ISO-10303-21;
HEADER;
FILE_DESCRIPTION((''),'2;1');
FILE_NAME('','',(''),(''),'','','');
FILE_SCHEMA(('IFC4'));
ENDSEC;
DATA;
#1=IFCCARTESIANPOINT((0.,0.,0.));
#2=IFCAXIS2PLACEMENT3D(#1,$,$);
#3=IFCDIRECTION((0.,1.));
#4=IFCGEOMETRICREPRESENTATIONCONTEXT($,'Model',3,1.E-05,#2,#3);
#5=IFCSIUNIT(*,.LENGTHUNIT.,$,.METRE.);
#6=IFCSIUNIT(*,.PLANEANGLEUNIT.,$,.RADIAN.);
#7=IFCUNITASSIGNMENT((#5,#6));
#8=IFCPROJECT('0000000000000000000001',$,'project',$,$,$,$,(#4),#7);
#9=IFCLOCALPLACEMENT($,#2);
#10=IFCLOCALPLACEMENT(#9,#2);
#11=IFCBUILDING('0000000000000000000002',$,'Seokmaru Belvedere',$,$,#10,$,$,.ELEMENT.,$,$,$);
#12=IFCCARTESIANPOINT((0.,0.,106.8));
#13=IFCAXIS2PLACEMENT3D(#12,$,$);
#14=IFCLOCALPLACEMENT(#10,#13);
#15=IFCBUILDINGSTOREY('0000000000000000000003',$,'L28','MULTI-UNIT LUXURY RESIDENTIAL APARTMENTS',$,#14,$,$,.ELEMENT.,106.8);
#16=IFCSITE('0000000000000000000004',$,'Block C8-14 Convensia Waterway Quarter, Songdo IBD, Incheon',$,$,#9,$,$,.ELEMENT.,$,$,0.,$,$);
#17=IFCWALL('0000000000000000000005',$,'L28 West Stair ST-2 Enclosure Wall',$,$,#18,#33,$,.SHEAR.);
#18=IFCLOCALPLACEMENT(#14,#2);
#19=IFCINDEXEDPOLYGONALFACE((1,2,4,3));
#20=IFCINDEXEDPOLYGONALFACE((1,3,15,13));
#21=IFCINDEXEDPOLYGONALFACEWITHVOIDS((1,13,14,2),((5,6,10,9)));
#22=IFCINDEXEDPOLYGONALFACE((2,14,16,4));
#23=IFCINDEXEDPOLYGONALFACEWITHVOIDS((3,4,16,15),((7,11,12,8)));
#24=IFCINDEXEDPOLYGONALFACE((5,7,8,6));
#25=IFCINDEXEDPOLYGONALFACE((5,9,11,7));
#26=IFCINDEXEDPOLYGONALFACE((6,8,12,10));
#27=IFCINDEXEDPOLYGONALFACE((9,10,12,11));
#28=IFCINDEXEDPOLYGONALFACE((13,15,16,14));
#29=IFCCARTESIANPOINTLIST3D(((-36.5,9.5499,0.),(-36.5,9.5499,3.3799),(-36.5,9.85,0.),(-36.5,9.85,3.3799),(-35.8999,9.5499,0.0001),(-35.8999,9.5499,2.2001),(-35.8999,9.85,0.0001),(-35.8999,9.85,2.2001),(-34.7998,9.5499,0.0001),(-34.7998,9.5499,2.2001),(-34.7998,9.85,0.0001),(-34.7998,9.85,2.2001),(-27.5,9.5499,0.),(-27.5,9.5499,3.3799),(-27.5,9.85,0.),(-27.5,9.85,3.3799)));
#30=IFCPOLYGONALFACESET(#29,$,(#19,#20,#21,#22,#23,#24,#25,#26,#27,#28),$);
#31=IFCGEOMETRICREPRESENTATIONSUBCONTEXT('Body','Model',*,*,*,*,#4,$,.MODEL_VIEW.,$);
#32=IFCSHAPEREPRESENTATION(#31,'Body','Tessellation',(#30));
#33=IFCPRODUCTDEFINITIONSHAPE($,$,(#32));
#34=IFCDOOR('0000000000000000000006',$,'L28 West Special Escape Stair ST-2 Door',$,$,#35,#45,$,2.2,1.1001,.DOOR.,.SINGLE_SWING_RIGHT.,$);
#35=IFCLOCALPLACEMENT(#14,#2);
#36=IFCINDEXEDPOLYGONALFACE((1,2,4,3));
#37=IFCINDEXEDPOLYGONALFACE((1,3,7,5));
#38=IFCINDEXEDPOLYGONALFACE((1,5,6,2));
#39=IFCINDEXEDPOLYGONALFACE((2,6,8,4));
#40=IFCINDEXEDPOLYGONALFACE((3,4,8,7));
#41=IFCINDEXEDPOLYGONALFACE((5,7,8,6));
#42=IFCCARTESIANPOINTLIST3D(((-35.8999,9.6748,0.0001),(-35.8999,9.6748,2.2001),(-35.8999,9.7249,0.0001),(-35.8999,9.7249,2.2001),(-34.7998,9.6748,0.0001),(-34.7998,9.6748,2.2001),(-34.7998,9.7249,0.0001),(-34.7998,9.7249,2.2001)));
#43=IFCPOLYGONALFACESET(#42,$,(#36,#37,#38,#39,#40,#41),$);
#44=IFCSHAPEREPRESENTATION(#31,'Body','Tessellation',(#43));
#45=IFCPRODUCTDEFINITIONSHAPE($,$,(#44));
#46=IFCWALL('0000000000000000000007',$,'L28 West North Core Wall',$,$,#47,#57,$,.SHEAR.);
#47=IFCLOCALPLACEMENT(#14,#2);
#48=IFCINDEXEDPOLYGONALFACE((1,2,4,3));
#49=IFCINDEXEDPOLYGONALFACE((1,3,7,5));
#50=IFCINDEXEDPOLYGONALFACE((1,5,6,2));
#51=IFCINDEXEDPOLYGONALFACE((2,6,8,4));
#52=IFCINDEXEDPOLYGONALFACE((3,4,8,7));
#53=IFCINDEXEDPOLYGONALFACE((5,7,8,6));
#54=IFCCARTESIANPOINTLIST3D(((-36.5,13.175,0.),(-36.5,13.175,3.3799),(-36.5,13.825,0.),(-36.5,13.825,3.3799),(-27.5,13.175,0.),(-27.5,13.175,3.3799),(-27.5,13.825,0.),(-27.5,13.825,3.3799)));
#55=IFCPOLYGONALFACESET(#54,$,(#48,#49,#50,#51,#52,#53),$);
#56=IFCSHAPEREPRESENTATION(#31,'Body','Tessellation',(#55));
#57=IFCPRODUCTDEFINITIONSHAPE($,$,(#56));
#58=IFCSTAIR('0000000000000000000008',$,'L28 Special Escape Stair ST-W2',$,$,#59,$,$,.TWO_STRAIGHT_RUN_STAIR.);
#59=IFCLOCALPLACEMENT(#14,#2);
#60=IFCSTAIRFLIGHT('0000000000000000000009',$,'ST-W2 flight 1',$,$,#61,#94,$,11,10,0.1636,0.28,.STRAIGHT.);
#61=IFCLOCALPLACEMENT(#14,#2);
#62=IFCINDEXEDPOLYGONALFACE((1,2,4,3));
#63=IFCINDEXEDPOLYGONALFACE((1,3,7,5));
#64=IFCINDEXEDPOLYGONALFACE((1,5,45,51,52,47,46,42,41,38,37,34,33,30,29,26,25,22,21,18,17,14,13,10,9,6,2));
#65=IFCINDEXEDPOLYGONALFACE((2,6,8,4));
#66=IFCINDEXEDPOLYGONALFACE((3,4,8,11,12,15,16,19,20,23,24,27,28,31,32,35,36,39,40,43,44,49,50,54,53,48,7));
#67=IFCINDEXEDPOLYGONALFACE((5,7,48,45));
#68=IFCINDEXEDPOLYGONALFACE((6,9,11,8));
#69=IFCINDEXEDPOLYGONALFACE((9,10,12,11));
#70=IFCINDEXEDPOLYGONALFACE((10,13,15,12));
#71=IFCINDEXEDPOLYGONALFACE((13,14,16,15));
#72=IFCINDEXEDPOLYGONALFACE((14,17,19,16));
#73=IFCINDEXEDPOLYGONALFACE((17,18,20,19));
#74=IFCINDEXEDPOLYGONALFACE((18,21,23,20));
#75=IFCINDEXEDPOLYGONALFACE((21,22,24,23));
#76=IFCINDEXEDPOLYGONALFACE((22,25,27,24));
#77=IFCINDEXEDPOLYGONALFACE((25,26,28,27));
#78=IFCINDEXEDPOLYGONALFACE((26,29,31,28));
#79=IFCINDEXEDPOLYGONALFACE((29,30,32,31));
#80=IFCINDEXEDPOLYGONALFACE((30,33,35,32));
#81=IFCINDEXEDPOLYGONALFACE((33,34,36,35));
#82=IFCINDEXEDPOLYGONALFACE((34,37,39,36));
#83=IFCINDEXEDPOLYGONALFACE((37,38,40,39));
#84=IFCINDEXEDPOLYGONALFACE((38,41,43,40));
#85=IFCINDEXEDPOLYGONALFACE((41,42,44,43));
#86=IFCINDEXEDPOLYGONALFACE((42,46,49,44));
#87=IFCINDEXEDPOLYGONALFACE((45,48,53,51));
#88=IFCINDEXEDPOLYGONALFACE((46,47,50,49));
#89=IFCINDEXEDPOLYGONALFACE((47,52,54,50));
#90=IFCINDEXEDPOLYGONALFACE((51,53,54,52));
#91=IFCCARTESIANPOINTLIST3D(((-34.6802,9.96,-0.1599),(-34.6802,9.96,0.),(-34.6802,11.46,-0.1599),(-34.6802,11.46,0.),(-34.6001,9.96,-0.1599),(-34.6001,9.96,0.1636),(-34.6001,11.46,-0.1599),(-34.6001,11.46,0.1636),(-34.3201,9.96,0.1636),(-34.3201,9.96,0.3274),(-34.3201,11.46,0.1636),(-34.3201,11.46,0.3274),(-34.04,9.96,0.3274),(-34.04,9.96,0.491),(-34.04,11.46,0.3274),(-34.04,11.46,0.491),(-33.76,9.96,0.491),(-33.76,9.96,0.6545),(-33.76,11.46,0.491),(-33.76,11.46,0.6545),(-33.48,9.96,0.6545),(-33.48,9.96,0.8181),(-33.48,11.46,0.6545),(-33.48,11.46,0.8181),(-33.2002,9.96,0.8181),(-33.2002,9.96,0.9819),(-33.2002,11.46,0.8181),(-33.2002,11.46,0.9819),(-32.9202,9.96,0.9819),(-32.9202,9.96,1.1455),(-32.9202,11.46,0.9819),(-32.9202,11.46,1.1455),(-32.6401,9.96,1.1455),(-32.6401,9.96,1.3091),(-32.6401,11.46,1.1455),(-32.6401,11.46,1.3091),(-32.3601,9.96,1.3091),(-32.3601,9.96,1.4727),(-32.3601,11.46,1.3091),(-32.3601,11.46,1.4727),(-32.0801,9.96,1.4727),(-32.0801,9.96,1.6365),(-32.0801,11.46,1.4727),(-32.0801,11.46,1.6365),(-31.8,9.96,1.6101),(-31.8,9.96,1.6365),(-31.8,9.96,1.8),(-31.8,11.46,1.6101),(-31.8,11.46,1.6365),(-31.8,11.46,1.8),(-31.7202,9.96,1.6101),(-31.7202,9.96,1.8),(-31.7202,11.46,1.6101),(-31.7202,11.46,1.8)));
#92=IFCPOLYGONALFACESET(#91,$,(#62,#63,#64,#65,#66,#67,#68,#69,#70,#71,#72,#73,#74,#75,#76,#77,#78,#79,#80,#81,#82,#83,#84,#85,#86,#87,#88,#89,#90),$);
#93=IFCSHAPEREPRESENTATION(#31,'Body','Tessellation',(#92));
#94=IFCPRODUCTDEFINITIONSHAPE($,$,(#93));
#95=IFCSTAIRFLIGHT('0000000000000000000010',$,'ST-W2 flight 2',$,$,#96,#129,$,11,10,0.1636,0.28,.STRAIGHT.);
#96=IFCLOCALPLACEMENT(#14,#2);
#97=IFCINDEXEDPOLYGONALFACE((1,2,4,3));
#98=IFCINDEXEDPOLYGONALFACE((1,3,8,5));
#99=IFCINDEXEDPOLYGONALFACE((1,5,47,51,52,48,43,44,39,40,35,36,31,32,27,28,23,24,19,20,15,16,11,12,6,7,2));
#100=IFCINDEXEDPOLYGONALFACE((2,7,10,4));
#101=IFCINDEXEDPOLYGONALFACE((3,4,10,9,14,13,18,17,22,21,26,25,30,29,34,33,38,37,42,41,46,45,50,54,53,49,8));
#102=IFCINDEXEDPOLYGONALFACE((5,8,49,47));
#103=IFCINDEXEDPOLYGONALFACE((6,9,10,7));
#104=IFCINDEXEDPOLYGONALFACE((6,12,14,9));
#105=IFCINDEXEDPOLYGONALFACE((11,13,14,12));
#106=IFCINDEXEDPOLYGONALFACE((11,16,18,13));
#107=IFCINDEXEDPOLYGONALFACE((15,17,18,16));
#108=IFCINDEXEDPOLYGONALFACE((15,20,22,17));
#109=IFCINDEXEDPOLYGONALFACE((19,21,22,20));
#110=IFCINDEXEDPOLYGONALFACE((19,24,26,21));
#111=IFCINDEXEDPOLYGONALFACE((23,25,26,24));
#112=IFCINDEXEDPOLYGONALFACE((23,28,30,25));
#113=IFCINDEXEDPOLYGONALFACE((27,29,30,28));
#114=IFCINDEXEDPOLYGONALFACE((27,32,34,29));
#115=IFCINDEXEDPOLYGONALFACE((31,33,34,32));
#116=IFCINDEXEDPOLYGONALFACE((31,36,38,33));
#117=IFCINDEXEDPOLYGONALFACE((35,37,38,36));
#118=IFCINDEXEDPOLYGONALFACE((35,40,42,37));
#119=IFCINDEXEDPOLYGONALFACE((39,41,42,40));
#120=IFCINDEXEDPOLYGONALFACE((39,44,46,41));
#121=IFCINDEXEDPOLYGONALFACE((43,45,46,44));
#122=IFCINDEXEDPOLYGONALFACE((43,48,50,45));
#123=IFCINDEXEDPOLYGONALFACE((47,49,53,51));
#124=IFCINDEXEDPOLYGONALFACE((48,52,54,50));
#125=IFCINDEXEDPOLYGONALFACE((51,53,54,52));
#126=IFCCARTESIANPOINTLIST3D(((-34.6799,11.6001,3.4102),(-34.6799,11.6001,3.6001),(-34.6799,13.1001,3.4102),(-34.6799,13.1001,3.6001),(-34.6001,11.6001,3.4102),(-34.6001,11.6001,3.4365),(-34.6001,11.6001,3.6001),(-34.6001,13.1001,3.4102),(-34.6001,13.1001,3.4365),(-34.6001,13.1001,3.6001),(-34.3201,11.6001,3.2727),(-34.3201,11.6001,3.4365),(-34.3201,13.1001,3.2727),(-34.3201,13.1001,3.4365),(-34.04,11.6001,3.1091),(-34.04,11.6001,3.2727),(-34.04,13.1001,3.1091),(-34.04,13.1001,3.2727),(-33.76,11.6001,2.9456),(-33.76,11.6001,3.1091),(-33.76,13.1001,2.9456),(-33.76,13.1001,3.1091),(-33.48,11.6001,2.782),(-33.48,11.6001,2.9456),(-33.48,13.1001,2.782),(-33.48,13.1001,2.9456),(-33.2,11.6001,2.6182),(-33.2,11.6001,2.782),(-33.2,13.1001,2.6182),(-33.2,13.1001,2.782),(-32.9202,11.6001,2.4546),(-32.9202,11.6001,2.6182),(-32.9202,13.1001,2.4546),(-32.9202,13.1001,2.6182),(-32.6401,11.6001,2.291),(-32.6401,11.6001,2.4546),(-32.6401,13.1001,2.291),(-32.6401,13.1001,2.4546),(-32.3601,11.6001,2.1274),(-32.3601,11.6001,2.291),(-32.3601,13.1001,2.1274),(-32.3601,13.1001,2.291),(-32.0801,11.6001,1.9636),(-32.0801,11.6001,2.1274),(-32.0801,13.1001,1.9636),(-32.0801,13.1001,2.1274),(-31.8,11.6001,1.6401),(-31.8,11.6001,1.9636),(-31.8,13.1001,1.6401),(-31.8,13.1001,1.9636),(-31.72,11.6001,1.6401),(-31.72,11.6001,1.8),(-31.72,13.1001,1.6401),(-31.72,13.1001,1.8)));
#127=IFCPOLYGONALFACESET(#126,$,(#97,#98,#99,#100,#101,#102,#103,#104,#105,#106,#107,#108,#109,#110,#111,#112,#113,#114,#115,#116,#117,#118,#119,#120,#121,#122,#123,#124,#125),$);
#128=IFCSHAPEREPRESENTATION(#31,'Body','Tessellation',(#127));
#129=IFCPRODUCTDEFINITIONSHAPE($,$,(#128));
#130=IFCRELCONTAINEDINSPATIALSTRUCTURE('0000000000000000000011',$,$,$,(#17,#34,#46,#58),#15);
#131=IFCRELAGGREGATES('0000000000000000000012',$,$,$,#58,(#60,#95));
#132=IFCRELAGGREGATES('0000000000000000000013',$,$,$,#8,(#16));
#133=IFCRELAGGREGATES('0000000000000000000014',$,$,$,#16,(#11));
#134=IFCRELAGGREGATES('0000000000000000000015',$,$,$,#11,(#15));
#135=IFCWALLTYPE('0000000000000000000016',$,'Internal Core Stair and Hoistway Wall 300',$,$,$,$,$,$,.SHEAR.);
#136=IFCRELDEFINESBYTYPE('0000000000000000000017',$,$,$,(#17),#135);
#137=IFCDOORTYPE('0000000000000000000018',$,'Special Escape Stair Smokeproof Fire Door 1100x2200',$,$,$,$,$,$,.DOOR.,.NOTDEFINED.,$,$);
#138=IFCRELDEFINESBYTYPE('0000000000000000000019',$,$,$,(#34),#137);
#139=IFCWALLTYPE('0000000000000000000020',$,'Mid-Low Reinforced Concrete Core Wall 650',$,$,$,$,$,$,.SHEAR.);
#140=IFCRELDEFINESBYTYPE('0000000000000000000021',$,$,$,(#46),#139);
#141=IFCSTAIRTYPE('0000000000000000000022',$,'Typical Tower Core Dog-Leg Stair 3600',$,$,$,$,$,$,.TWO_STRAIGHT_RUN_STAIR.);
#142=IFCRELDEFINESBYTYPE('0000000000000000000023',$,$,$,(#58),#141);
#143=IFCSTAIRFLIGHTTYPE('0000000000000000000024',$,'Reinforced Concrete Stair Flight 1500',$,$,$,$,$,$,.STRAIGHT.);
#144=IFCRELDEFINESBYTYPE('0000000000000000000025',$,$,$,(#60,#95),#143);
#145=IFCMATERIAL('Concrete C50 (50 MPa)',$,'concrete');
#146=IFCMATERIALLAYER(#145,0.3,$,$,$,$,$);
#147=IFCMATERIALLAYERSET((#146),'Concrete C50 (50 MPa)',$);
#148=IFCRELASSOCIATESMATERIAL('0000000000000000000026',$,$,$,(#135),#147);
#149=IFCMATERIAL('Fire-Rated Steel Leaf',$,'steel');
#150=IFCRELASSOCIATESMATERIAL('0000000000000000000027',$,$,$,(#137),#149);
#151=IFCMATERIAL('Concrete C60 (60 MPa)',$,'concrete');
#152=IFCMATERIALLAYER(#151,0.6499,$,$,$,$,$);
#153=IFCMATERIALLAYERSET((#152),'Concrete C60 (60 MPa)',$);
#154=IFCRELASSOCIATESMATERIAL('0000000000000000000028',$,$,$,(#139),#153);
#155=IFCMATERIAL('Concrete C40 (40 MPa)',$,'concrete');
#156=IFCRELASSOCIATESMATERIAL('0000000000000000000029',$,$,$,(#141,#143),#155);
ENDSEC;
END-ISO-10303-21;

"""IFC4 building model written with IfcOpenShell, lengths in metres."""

from ifc_helpers import new_model, si_unit, direction, frame, frame_2d, origin, place, context, subcontext, project, spatial, polyline, rectangle, outline, extrude, source, transform, mapped, material, layer, layer_set, type_object, type_shapes, element, fill, aggregate, save


model = new_model("IFC4")

# Units and contexts
model_context = context("Model", 3, precision=1e-05, world=origin(), true_north=direction((0.0, 1.0)))
body_context = subcontext(model_context, "Body", "Model", "MODEL_VIEW")
ifc_project = project(units=[si_unit("LENGTHUNIT", "METRE"), si_unit("PLANEANGLEUNIT", "RADIAN")], contexts=[model_context])

# Site, building, storey
site_placement = place(None, origin())
site = spatial("IfcSite", under=ifc_project, at=site_placement, Name="Block C8-14 Convensia Waterway Quarter, Songdo IBD, Incheon", CompositionType="ELEMENT", RefElevation=0.0)
building_placement = place(site_placement, origin())
building = spatial("IfcBuilding", under=site, at=building_placement, Name="Seokmaru Belvedere", CompositionType="ELEMENT")
storey_placement = place(building_placement, frame((0.0, 0.0, 106.8)))
storey = spatial("IfcBuildingStorey", under=building, at=storey_placement, Name="L28", Description="MULTI-UNIT LUXURY RESIDENTIAL APARTMENTS", CompositionType="ELEMENT", Elevation=106.8)

# Wall, opening, door
ifc_material_1 = material(Name="Concrete C50 (50 MPa)", Category="concrete")
ifc_layer_1 = layer(ifc_material_1, 0.3)
ifc_layer_set_1 = layer_set([ifc_layer_1], Name="Concrete C50 (50 MPa)")
wall_type_1 = type_object("IfcWallType", Name="Internal Core Stair and Hoistway Wall 300", PredefinedType="SHEAR", material=ifc_layer_set_1)
wall_1_placement = place(storey_placement, frame((-36.5, 9.7, 0.0), z_axis=(0.0, 0.0, 1.0), x_axis=(1.0, 0.0, 0.0)))
wall_1 = element("IfcWall", 1, at=wall_1_placement, inside=storey, type_object=wall_type_1, Name="L28 West Stair ST-2 Enclosure Wall", PredefinedType="SHEAR", context=body_context, shape_type="SweptSolid", body=[
    extrude(rectangle(XDim=9.0, YDim=0.3, at=frame_2d((4.5, 0.0))), origin(), (0.0, 0.0, 1.0), 3.3799),
])
opening_1_placement = place(wall_1_placement, frame((0.6001, 0.0, 0.0)))
opening_1 = element("IfcOpeningElement", 2, at=opening_1_placement, cuts=wall_1, PredefinedType="OPENING", context=body_context, shape_type="SweptSolid", body=[
    extrude(rectangle(XDim=1.1001, YDim=2.2, at=frame_2d((0.55, 1.1001))), frame((0.0, 0.1602, 0.0), z_axis=(0.0, -1.0, 0.0), x_axis=(1.0, 0.0, 0.0)), (0.0, 0.0, 1.0), 0.3201),
])
ifc_material_2 = material(Name="Fire-Rated Steel Leaf", Category="steel")
door_type_1 = type_object("IfcDoorType", Name="Special Escape Stair Smokeproof Fire Door 1100x2200", OperationType="NOTDEFINED", PredefinedType="DOOR", material=ifc_material_2)
shared_shape_1 = source(origin(), body_context, "Body", "SweptSolid", [
    extrude(rectangle(XDim=1.1001, YDim=2.2, at=frame_2d((0.55, 1.1001))), frame((0.0, 0.0249, 0.0), z_axis=(0.0, -1.0, 0.0), x_axis=(1.0, 0.0, 0.0)), (0.0, 0.0, 1.0), 0.05),
])
type_shapes(door_type_1, [shared_shape_1])
door_1_placement = place(opening_1_placement, origin())
door_1 = element("IfcDoor", 3, at=door_1_placement, inside=storey, type_object=door_type_1, Name="L28 West Special Escape Stair ST-2 Door", OperationType="SINGLE_SWING_RIGHT", OverallHeight=2.2, OverallWidth=1.1001, PredefinedType="DOOR", context=body_context, shape_type="MappedRepresentation", body=[
    mapped(shared_shape_1, transform((0.0, 0.0, 0.0), scale=1.0)),
])
fill(opening_1, door_1)

# Wall
ifc_material_3 = material(Name="Concrete C60 (60 MPa)", Category="concrete")
ifc_layer_2 = layer(ifc_material_3, 0.6499)
ifc_layer_set_2 = layer_set([ifc_layer_2], Name="Concrete C60 (60 MPa)")
wall_type_2 = type_object("IfcWallType", Name="Mid-Low Reinforced Concrete Core Wall 650", PredefinedType="SHEAR", material=ifc_layer_set_2)
wall_2_placement = place(storey_placement, frame((-36.5, 13.5, 0.0), z_axis=(0.0, 0.0, 1.0), x_axis=(1.0, 0.0, 0.0)))
element("IfcWall", 4, at=wall_2_placement, inside=storey, type_object=wall_type_2, Name="L28 West North Core Wall", PredefinedType="SHEAR", context=body_context, shape_type="SweptSolid", body=[
    extrude(rectangle(XDim=9.0, YDim=0.6499, at=frame_2d((4.5, 0.0))), origin(), (0.0, 0.0, 1.0), 3.3799),
])

# Stair, stair flights
ifc_material_4 = material(Name="Concrete C40 (40 MPa)", Category="concrete")
stair_type = type_object("IfcStairType", Name="Typical Tower Core Dog-Leg Stair 3600", PredefinedType="TWO_STRAIGHT_RUN_STAIR", material=ifc_material_4)
stair_placement = place(storey_placement, origin())
stair = element("IfcStair", 5, at=stair_placement, inside=storey, type_object=stair_type, Name="L28 Special Escape Stair ST-W2", PredefinedType="TWO_STRAIGHT_RUN_STAIR")
stair_flight_type = type_object("IfcStairFlightType", Name="Reinforced Concrete Stair Flight 1500", PredefinedType="STRAIGHT", material=ifc_material_4)
stair_flight_1_placement = place(storey_placement, frame((-34.6001, 10.71, 0.0), z_axis=(0.0, 0.0, 1.0), x_axis=(1.0, 0.0, 0.0)))
stair_flight_1 = element("IfcStairFlight", 6, at=stair_flight_1_placement, type_object=stair_flight_type, Name="ST-W2 flight 1", NumberOfRisers=11, NumberOfTreads=10, PredefinedType="STRAIGHT", RiserHeight=0.1636, TreadLength=0.28, context=body_context, shape_type="SweptSolid", body=[
    extrude(outline(polyline([(-0.0801, 0.0), (0.0, 0.1636), (0.28, 0.1636), (0.28, 0.3274), (0.5601, 0.3274), (0.5601, 0.491), (0.8401, 0.491), (0.8401, 0.6545), (1.1201, 0.6545), (1.1201, 0.8181), (1.3999, 0.8181), (1.3999, 0.9819), (1.6799, 0.9819), (1.6799, 1.1455), (1.96, 1.1455), (1.96, 1.3091), (2.24, 1.3091), (2.24, 1.4727), (2.52, 1.4727), (2.52, 1.6365), (2.8, 1.6365), (2.8, 1.8), (2.8799, 1.8), (2.8799, 1.6101), (2.8, 1.6101), (0.0, -0.1599), (-0.0801, -0.1599), (-0.0801, 0.0)])), frame((0.0, 0.75, 0.0), z_axis=(0.0, -1.0, 0.0), x_axis=(1.0, 0.0, 0.0)), (0.0, 0.0, 1.0), 1.5),
])
stair_flight_2_placement = place(storey_placement, frame((-31.8, 12.3501, 1.8), z_axis=(0.0, 0.0, 1.0), x_axis=(-1.0, 0.0, 0.0)))
stair_flight_2 = element("IfcStairFlight", 7, at=stair_flight_2_placement, type_object=stair_flight_type, Name="ST-W2 flight 2", NumberOfRisers=11, NumberOfTreads=10, PredefinedType="STRAIGHT", RiserHeight=0.1636, TreadLength=0.28, context=body_context, shape_type="SweptSolid", body=[
    extrude(outline(polyline([(-0.0801, 0.0), (0.0, 0.1636), (0.28, 0.1636), (0.28, 0.3274), (0.5601, 0.3274), (0.5601, 0.491), (0.8401, 0.491), (0.8401, 0.6545), (1.1201, 0.6545), (1.1201, 0.8181), (1.3999, 0.8181), (1.3999, 0.9819), (1.6799, 0.9819), (1.6799, 1.1455), (1.96, 1.1455), (1.96, 1.3091), (2.24, 1.3091), (2.24, 1.4727), (2.52, 1.4727), (2.52, 1.6365), (2.8, 1.6365), (2.8, 1.8), (2.8799, 1.8), (2.8799, 1.6101), (2.8, 1.6101), (0.0, -0.1599), (-0.0801, -0.1599), (-0.0801, 0.0)])), frame((0.0, 0.75, 0.0), z_axis=(0.0, -1.0, 0.0), x_axis=(1.0, 0.0, 0.0)), (0.0, 0.0, 1.0), 1.5),
])
aggregate(stair, [stair_flight_1, stair_flight_2])

save(model, "model.ifc")
